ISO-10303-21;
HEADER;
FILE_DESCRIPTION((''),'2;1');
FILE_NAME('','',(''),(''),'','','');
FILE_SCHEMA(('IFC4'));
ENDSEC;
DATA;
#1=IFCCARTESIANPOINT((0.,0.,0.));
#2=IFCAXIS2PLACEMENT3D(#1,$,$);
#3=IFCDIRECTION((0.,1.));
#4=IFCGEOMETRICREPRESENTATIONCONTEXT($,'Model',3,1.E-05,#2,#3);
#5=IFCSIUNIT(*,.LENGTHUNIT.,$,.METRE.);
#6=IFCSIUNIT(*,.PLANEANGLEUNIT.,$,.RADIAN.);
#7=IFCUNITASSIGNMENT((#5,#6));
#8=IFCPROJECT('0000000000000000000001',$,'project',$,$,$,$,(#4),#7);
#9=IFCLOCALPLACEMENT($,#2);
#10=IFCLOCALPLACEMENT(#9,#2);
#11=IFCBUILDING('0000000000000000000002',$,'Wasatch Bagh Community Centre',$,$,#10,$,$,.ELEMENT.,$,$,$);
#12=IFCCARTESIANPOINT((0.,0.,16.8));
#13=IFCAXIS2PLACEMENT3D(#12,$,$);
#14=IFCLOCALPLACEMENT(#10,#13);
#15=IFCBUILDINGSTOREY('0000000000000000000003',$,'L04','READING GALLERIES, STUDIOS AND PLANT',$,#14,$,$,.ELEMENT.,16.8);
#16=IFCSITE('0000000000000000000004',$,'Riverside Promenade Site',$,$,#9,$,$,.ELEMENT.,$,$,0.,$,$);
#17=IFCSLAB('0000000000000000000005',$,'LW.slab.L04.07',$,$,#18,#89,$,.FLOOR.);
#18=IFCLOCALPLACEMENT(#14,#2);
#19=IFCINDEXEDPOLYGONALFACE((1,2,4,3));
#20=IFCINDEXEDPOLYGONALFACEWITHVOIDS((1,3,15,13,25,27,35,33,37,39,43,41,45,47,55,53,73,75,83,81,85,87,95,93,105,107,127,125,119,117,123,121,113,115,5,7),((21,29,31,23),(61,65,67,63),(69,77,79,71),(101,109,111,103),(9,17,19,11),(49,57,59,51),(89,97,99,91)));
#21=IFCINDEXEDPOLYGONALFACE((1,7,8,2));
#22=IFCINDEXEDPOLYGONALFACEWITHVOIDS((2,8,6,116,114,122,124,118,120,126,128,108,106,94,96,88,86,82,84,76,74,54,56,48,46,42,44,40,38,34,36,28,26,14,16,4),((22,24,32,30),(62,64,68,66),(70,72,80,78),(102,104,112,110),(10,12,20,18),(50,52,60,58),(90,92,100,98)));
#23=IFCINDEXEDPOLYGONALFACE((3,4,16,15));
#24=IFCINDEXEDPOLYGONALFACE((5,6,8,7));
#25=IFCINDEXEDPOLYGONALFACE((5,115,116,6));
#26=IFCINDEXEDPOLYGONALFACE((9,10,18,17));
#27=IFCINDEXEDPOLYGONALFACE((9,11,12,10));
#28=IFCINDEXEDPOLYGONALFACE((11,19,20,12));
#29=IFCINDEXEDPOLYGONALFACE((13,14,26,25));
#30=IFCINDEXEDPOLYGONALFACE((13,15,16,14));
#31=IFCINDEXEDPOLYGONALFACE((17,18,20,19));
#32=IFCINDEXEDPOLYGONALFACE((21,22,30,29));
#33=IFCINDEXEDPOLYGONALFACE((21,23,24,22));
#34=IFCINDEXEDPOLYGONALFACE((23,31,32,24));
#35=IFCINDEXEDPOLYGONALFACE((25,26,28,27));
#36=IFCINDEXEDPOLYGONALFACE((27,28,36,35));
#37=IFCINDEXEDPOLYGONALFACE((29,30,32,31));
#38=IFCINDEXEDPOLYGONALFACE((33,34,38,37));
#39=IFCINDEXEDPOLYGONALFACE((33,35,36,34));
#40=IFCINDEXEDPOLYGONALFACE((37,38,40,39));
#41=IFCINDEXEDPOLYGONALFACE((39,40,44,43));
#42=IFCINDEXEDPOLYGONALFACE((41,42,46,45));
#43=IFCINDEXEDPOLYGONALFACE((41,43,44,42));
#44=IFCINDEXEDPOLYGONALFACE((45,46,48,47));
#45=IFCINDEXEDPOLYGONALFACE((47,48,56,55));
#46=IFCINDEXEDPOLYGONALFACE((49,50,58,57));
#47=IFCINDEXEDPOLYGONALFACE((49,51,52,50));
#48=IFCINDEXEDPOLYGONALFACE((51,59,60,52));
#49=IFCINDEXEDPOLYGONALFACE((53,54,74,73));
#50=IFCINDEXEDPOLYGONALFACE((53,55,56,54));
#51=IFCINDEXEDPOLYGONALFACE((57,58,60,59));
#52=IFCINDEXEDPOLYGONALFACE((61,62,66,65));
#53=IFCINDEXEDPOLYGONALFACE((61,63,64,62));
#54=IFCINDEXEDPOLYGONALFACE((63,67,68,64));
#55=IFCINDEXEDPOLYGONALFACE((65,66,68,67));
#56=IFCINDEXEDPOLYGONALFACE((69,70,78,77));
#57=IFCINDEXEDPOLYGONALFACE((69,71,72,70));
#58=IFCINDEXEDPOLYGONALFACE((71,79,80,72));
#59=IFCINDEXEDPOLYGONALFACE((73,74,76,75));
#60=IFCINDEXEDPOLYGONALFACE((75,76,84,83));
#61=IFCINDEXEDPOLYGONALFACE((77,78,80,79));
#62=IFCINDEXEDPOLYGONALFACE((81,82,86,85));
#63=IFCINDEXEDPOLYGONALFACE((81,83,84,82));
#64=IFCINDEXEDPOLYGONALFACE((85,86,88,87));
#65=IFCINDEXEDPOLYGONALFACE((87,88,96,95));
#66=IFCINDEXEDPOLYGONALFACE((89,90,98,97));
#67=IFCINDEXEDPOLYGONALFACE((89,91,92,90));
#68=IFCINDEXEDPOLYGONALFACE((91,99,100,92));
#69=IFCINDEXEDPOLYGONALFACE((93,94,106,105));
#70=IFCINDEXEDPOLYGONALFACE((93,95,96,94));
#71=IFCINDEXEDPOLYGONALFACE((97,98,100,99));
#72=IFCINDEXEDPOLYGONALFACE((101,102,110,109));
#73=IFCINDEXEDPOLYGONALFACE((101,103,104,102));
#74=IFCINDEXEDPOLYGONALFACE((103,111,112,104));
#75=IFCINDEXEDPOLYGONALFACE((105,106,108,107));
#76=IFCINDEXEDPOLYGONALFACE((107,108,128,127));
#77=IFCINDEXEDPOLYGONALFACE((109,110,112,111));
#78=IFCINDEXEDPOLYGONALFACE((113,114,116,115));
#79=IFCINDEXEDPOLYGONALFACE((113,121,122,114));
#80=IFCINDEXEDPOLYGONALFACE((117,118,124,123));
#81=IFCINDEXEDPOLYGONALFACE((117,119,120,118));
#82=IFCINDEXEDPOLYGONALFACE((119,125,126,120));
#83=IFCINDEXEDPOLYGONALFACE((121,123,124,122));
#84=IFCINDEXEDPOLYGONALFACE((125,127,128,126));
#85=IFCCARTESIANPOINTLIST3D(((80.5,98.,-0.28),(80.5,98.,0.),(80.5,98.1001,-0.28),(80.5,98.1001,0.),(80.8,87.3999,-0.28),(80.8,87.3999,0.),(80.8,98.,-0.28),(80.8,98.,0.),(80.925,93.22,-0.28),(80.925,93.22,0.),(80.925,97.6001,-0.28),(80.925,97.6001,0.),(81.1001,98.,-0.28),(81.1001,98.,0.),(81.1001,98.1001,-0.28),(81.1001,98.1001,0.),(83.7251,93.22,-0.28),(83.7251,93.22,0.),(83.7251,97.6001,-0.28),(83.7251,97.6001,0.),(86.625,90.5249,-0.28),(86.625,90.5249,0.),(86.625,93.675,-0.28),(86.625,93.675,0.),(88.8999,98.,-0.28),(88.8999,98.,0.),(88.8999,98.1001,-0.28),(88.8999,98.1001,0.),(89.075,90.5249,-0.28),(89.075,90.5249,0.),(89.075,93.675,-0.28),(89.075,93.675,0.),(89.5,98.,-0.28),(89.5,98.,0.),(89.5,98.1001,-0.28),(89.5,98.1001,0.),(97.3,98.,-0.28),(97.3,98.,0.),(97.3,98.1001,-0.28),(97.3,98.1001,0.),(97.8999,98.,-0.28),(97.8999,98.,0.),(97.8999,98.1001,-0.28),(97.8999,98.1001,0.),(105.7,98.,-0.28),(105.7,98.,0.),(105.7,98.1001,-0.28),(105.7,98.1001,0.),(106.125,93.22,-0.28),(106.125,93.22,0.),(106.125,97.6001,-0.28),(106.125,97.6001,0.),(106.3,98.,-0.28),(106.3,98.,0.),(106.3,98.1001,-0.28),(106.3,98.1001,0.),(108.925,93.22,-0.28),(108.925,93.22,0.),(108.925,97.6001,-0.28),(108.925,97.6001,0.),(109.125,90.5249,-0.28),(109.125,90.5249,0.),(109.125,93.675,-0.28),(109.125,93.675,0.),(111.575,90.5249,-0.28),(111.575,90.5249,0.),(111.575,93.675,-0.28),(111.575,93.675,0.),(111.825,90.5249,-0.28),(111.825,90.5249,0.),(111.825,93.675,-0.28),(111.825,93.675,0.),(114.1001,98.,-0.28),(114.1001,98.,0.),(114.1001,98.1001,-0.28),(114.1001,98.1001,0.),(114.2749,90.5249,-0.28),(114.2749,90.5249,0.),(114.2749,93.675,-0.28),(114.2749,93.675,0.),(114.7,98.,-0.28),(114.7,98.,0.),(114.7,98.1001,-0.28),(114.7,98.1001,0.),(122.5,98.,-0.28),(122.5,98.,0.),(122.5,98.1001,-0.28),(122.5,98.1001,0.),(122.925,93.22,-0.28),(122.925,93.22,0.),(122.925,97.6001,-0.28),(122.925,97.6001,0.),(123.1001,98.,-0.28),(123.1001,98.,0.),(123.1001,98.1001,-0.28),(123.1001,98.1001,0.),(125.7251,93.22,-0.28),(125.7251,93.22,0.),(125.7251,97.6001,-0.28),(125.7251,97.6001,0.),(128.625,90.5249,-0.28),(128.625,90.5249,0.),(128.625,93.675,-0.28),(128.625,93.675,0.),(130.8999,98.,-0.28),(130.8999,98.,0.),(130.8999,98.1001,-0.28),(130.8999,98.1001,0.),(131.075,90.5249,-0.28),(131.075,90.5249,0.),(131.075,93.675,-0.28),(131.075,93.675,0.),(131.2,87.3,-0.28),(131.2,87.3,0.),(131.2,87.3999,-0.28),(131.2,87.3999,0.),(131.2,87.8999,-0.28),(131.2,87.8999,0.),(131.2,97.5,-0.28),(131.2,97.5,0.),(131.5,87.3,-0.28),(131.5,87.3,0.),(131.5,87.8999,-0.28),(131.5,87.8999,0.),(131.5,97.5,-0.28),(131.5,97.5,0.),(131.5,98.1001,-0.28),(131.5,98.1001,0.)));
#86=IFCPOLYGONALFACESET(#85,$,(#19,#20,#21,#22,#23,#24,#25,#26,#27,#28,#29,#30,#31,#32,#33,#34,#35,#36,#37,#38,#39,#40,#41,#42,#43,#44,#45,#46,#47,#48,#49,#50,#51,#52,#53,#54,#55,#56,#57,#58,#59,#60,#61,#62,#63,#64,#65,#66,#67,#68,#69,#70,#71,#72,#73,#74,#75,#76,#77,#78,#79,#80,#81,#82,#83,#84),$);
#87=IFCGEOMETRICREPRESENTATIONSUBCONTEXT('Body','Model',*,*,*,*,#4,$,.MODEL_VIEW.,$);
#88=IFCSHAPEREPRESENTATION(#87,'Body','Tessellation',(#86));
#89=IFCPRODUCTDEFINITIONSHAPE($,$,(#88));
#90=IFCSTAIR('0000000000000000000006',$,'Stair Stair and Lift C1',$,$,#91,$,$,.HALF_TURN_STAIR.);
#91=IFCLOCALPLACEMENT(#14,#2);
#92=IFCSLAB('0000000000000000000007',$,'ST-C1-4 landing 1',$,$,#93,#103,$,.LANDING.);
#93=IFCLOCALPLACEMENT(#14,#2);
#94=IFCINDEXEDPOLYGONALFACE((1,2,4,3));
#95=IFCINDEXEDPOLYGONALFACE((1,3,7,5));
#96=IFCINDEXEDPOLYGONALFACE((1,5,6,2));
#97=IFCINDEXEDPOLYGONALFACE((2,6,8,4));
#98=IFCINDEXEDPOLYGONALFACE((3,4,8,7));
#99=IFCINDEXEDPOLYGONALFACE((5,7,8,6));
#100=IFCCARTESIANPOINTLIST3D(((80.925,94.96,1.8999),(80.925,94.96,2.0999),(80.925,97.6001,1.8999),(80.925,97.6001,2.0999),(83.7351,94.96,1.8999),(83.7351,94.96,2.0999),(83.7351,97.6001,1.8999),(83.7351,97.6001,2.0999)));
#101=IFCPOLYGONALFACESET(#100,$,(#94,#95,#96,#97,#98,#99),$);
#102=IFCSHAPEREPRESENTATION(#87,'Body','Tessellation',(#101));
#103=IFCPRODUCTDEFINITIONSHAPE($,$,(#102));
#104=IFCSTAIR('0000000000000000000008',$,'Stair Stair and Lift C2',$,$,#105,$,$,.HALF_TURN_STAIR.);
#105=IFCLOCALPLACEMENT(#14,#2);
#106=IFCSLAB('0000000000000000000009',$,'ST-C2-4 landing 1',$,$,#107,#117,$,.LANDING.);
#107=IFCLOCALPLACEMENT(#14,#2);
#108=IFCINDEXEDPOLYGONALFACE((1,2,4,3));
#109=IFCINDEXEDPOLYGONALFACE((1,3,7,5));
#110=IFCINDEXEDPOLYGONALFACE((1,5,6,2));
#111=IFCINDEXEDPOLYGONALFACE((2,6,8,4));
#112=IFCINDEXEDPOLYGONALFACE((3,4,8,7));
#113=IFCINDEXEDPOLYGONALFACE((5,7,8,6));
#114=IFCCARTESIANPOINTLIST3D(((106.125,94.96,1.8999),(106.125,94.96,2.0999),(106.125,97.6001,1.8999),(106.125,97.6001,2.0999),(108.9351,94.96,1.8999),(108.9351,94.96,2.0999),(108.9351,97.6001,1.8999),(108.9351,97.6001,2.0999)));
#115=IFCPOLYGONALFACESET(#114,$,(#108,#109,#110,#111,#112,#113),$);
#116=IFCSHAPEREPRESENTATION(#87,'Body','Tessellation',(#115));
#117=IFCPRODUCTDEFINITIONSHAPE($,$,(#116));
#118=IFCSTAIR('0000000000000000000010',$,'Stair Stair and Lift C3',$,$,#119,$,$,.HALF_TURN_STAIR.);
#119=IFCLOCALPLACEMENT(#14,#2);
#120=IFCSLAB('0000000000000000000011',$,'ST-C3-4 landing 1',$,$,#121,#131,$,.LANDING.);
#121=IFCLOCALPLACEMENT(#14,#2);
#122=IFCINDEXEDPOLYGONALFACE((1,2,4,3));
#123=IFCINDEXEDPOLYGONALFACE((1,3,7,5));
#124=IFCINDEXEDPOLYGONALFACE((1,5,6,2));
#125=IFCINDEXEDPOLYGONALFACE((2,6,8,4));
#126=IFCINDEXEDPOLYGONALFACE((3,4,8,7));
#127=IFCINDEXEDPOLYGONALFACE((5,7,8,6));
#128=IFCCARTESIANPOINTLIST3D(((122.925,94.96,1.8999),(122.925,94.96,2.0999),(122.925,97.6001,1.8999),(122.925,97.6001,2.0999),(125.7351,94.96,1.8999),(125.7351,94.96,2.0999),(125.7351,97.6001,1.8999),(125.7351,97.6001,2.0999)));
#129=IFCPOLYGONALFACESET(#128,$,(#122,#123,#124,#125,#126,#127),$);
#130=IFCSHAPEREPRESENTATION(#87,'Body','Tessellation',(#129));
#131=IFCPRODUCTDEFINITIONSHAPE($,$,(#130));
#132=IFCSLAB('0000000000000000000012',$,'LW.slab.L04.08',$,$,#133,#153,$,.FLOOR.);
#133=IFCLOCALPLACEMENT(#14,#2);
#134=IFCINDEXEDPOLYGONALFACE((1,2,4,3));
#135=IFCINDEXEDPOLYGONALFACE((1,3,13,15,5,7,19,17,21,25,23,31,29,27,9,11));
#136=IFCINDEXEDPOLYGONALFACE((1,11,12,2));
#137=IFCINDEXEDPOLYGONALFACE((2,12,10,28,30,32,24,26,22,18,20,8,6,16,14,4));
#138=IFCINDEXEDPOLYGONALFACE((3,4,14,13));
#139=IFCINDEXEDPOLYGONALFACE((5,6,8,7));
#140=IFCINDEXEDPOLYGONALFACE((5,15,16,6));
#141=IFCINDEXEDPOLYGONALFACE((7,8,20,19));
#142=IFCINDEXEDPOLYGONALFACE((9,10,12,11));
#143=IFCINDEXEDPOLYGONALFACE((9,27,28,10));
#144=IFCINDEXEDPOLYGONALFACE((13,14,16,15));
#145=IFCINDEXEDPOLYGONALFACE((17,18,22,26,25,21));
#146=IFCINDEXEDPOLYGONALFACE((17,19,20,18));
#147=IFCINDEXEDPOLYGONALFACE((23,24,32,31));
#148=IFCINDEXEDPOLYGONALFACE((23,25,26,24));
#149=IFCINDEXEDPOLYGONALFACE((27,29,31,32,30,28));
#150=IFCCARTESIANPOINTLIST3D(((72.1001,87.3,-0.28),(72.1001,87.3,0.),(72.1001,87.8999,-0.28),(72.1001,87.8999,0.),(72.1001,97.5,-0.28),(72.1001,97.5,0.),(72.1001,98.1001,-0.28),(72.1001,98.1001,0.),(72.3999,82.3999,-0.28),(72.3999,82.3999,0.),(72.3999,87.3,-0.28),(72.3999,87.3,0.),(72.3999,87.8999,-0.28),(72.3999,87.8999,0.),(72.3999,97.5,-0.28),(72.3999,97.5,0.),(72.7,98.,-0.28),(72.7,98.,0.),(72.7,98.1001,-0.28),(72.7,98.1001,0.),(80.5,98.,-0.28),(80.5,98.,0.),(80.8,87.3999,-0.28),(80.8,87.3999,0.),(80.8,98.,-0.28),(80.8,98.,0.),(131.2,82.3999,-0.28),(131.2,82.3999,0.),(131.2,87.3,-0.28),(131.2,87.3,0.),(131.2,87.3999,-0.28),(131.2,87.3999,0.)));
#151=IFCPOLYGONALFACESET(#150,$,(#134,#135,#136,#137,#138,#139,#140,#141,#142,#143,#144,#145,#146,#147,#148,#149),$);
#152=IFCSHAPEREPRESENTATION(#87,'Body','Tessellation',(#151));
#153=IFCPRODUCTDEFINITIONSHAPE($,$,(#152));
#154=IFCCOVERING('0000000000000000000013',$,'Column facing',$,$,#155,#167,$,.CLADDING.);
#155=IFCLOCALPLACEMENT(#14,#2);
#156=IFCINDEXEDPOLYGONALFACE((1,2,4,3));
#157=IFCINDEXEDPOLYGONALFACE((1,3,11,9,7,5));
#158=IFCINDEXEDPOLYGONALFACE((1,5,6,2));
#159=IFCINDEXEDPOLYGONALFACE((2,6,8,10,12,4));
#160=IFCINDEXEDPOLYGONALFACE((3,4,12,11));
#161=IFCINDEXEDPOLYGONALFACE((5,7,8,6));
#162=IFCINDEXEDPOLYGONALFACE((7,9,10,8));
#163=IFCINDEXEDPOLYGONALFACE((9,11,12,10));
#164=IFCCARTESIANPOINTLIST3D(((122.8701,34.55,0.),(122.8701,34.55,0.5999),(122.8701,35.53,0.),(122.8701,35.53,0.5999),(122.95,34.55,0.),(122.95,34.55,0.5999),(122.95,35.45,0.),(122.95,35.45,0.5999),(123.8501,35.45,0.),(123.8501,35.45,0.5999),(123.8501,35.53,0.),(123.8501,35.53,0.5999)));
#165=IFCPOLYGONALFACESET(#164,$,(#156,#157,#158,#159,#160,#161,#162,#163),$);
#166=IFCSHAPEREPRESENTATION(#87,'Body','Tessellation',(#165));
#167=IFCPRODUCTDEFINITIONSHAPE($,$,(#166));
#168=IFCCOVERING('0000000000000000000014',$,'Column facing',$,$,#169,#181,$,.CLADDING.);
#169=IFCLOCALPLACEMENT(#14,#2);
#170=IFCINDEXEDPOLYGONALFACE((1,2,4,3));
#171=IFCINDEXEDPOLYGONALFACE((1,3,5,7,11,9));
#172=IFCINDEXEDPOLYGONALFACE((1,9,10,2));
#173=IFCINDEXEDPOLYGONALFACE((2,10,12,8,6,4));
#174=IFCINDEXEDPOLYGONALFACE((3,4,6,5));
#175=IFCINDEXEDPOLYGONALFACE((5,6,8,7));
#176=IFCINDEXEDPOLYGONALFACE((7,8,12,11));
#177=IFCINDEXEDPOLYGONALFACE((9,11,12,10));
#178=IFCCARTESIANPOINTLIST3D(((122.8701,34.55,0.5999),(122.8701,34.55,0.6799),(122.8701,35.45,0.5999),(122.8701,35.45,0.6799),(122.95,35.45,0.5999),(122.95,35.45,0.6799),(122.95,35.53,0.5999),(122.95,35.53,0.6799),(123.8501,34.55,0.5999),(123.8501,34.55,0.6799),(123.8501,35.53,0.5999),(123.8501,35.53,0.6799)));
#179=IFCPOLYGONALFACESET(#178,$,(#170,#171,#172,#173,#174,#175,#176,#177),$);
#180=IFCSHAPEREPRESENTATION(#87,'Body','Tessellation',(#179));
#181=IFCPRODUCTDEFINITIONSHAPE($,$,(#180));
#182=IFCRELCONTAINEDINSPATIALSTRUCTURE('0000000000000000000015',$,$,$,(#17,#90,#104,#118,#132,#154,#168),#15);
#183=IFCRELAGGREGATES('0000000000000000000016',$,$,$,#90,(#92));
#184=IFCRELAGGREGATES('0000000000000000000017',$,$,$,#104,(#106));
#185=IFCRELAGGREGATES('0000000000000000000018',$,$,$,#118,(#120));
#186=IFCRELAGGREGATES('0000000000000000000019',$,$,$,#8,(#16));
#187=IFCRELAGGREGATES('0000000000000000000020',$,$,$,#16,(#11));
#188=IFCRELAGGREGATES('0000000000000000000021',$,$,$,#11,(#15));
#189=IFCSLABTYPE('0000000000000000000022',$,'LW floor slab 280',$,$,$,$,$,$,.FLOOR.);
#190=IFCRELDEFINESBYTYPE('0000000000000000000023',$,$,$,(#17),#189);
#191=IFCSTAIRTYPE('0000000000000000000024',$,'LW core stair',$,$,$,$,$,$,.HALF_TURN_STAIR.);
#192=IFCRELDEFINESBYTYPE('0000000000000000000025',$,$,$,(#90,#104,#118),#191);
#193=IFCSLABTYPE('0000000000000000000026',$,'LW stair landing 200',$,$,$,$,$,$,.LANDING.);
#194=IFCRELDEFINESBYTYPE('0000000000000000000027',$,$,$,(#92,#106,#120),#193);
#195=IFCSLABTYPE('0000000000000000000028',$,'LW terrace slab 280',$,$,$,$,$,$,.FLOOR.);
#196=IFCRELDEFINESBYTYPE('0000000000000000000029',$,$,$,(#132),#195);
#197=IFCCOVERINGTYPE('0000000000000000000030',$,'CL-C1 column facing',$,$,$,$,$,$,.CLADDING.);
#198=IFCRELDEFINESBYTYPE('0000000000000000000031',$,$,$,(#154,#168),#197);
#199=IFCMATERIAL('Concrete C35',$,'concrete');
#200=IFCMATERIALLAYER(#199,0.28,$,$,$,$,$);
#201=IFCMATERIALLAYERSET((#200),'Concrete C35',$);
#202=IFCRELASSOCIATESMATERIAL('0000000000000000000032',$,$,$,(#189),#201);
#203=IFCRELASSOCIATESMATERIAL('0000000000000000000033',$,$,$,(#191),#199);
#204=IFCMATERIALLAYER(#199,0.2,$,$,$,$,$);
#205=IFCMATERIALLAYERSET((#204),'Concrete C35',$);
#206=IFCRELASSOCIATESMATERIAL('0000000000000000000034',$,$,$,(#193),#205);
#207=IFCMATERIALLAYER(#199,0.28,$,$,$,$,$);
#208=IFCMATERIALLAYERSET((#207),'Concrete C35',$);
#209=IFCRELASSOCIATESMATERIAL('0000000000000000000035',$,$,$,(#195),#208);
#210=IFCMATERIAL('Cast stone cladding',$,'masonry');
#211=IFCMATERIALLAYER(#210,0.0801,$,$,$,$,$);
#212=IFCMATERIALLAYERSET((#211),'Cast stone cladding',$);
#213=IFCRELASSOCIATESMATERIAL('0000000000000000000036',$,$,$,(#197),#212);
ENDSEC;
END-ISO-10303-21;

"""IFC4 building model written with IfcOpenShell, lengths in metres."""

from ifc_helpers import new_model, si_unit, direction, frame, origin, place, context, subcontext, project, spatial, polyline, outline, extrude, material, layer, layer_set, type_object, element, aggregate, save


model = new_model("IFC4")

# Units and contexts
model_context = context("Model", 3, precision=1e-05, world=origin(), true_north=direction((0.0, 1.0)))
body_context = subcontext(model_context, "Body", "Model", "MODEL_VIEW")
ifc_project = project(units=[si_unit("LENGTHUNIT", "METRE"), si_unit("PLANEANGLEUNIT", "RADIAN")], contexts=[model_context])

# Site, building, storey
site_placement = place(None, origin())
site = spatial("IfcSite", under=ifc_project, at=site_placement, Name="Riverside Promenade Site", CompositionType="ELEMENT", RefElevation=0.0)
building_placement = place(site_placement, origin())
building = spatial("IfcBuilding", under=site, at=building_placement, Name="Wasatch Bagh Community Centre", CompositionType="ELEMENT")
storey_placement = place(building_placement, frame((0.0, 0.0, 16.8)))
storey = spatial("IfcBuildingStorey", under=building, at=storey_placement, Name="L04", Description="READING GALLERIES, STUDIOS AND PLANT", CompositionType="ELEMENT", Elevation=16.8)

# Slab
ifc_material_1 = material(Name="Concrete C35", Category="concrete")
ifc_layer_1 = layer(ifc_material_1, 0.28)
ifc_layer_set_1 = layer_set([ifc_layer_1], Name="Concrete C35")
slab_type_1 = type_object("IfcSlabType", Name="LW floor slab 280", PredefinedType="FLOOR", material=ifc_layer_set_1)
slab_1_placement = place(storey_placement, frame((0.0, 0.0, -0.28)))
element("IfcSlab", 1, at=slab_1_placement, inside=storey, type_object=slab_type_1, Name="LW.slab.L04.07", PredefinedType="FLOOR", context=body_context, shape_type="SweptSolid", body=[
    extrude(outline(polyline([(131.5, 87.3), (131.2, 87.3), (131.2, 87.3999), (80.8, 87.3999), (80.8, 98.0), (80.5, 98.0), (80.5, 98.1001), (81.1001, 98.1001), (81.1001, 98.0), (88.8999, 98.0), (88.8999, 98.1001), (89.5, 98.1001), (89.5, 98.0), (97.3, 98.0), (97.3, 98.1001), (97.8999, 98.1001), (97.8999, 98.0), (105.7, 98.0), (105.7, 98.1001), (106.3, 98.1001), (106.3, 98.0), (114.1001, 98.0), (114.1001, 98.1001), (114.7, 98.1001), (114.7, 98.0), (122.5, 98.0), (122.5, 98.1001), (123.1001, 98.1001), (123.1001, 98.0), (130.8999, 98.0), (130.8999, 98.1001), (131.5, 98.1001), (131.5, 97.5), (131.2, 97.5), (131.2, 87.8999), (131.5, 87.8999), (131.5, 87.3)]), holes=[polyline([(86.625, 93.675), (89.075, 93.675), (89.075, 90.5249), (86.625, 90.5249), (86.625, 93.675)]), polyline([(111.575, 93.675), (111.575, 90.5249), (109.125, 90.5249), (109.125, 93.675), (111.575, 93.675)]), polyline([(114.2749, 93.675), (114.2749, 90.5249), (111.825, 90.5249), (111.825, 93.675), (114.2749, 93.675)]), polyline([(131.075, 93.675), (131.075, 90.5249), (128.625, 90.5249), (128.625, 93.675), (131.075, 93.675)]), polyline([(83.7251, 97.6001), (83.7251, 93.22), (80.925, 93.22), (80.925, 97.6001), (83.7251, 97.6001)]), polyline([(108.925, 97.6001), (108.925, 93.22), (106.125, 93.22), (106.125, 97.6001), (108.925, 97.6001)]), polyline([(125.7251, 97.6001), (125.7251, 93.22), (122.925, 93.22), (122.925, 97.6001), (125.7251, 97.6001)])]), origin(), (0.0, 0.0, 1.0), 0.28),
])

# Stairs, slabs
stair_type = type_object("IfcStairType", Name="LW core stair", PredefinedType="HALF_TURN_STAIR", material=ifc_material_1)
stair_1_placement = place(storey_placement, origin())
stair_1 = element("IfcStair", 2, at=stair_1_placement, inside=storey, type_object=stair_type, Name="Stair Stair and Lift C1", PredefinedType="HALF_TURN_STAIR")
ifc_layer_2 = layer(ifc_material_1, 0.2)
ifc_layer_set_2 = layer_set([ifc_layer_2], Name="Concrete C35")
slab_type_2 = type_object("IfcSlabType", Name="LW stair landing 200", PredefinedType="LANDING", material=ifc_layer_set_2)
slab_2_placement = place(storey_placement, frame((0.0, 0.0, 1.8999)))
slab_2 = element("IfcSlab", 3, at=slab_2_placement, type_object=slab_type_2, Name="ST-C1-4 landing 1", PredefinedType="LANDING", context=body_context, shape_type="SweptSolid", body=[
    extrude(outline(polyline([(80.925, 94.96), (83.7351, 94.96), (83.7351, 97.6001), (80.925, 97.6001), (80.925, 94.96)])), origin(), (0.0, 0.0, 1.0), 0.2),
])
aggregate(stair_1, [slab_2])
stair_2_placement = place(storey_placement, origin())
stair_2 = element("IfcStair", 4, at=stair_2_placement, inside=storey, type_object=stair_type, Name="Stair Stair and Lift C2", PredefinedType="HALF_TURN_STAIR")
slab_3_placement = place(storey_placement, frame((0.0, 0.0, 1.8999)))
slab_3 = element("IfcSlab", 5, at=slab_3_placement, type_object=slab_type_2, Name="ST-C2-4 landing 1", PredefinedType="LANDING", context=body_context, shape_type="SweptSolid", body=[
    extrude(outline(polyline([(106.125, 94.96), (108.9351, 94.96), (108.9351, 97.6001), (106.125, 97.6001), (106.125, 94.96)])), origin(), (0.0, 0.0, 1.0), 0.2),
])
aggregate(stair_2, [slab_3])
stair_3_placement = place(storey_placement, origin())
stair_3 = element("IfcStair", 6, at=stair_3_placement, inside=storey, type_object=stair_type, Name="Stair Stair and Lift C3", PredefinedType="HALF_TURN_STAIR")
slab_4_placement = place(storey_placement, frame((0.0, 0.0, 1.8999)))
slab_4 = element("IfcSlab", 7, at=slab_4_placement, type_object=slab_type_2, Name="ST-C3-4 landing 1", PredefinedType="LANDING", context=body_context, shape_type="SweptSolid", body=[
    extrude(outline(polyline([(122.925, 94.96), (125.7351, 94.96), (125.7351, 97.6001), (122.925, 97.6001), (122.925, 94.96)])), origin(), (0.0, 0.0, 1.0), 0.2),
])
aggregate(stair_3, [slab_4])

# Slab
ifc_layer_3 = layer(ifc_material_1, 0.28)
ifc_layer_set_3 = layer_set([ifc_layer_3], Name="Concrete C35")
slab_type_3 = type_object("IfcSlabType", Name="LW terrace slab 280", PredefinedType="FLOOR", material=ifc_layer_set_3)
slab_5_placement = place(storey_placement, frame((0.0, 0.0, -0.28)))
element("IfcSlab", 8, at=slab_5_placement, inside=storey, type_object=slab_type_3, Name="LW.slab.L04.08", PredefinedType="FLOOR", context=body_context, shape_type="SweptSolid", body=[
    extrude(outline(polyline([(72.1001, 97.5), (72.1001, 98.1001), (72.7, 98.1001), (72.7, 98.0), (80.5, 98.0), (80.8, 98.0), (80.8, 87.3999), (131.2, 87.3999), (131.2, 87.3), (131.2, 82.3999), (72.3999, 82.3999), (72.3999, 87.3), (72.1001, 87.3), (72.1001, 87.8999), (72.3999, 87.8999), (72.3999, 97.5), (72.1001, 97.5)])), origin(), (0.0, 0.0, 1.0), 0.28),
])

# Coverings
ifc_material_2 = material(Name="Cast stone cladding", Category="masonry")
ifc_layer_4 = layer(ifc_material_2, 0.0801)
ifc_layer_set_4 = layer_set([ifc_layer_4], Name="Cast stone cladding")
covering_type = type_object("IfcCoveringType", Name="CL-C1 column facing", PredefinedType="CLADDING", material=ifc_layer_set_4)
covering_1_placement = place(storey_placement, origin())
element("IfcCovering", 9, at=covering_1_placement, inside=storey, type_object=covering_type, Name="Column facing", PredefinedType="CLADDING", context=body_context, shape_type="SweptSolid", body=[
    extrude(outline(polyline([(122.95, 34.55), (122.8701, 34.55), (122.8701, 35.53), (123.8501, 35.53), (123.8501, 35.45), (122.95, 35.45), (122.95, 34.55)])), origin(), (0.0, 0.0, 1.0), 0.5999),
])
covering_2_placement = place(storey_placement, frame((0.0, 0.0, 0.5999)))
element("IfcCovering", 10, at=covering_2_placement, inside=storey, type_object=covering_type, Name="Column facing", PredefinedType="CLADDING", context=body_context, shape_type="SweptSolid", body=[
    extrude(outline(polyline([(122.8701, 34.55), (122.8701, 35.45), (122.95, 35.45), (122.95, 35.53), (123.8501, 35.53), (123.8501, 34.55), (122.8701, 34.55)])), origin(), (0.0, 0.0, 1.0), 0.0801),
])

save(model, "model.ifc")
